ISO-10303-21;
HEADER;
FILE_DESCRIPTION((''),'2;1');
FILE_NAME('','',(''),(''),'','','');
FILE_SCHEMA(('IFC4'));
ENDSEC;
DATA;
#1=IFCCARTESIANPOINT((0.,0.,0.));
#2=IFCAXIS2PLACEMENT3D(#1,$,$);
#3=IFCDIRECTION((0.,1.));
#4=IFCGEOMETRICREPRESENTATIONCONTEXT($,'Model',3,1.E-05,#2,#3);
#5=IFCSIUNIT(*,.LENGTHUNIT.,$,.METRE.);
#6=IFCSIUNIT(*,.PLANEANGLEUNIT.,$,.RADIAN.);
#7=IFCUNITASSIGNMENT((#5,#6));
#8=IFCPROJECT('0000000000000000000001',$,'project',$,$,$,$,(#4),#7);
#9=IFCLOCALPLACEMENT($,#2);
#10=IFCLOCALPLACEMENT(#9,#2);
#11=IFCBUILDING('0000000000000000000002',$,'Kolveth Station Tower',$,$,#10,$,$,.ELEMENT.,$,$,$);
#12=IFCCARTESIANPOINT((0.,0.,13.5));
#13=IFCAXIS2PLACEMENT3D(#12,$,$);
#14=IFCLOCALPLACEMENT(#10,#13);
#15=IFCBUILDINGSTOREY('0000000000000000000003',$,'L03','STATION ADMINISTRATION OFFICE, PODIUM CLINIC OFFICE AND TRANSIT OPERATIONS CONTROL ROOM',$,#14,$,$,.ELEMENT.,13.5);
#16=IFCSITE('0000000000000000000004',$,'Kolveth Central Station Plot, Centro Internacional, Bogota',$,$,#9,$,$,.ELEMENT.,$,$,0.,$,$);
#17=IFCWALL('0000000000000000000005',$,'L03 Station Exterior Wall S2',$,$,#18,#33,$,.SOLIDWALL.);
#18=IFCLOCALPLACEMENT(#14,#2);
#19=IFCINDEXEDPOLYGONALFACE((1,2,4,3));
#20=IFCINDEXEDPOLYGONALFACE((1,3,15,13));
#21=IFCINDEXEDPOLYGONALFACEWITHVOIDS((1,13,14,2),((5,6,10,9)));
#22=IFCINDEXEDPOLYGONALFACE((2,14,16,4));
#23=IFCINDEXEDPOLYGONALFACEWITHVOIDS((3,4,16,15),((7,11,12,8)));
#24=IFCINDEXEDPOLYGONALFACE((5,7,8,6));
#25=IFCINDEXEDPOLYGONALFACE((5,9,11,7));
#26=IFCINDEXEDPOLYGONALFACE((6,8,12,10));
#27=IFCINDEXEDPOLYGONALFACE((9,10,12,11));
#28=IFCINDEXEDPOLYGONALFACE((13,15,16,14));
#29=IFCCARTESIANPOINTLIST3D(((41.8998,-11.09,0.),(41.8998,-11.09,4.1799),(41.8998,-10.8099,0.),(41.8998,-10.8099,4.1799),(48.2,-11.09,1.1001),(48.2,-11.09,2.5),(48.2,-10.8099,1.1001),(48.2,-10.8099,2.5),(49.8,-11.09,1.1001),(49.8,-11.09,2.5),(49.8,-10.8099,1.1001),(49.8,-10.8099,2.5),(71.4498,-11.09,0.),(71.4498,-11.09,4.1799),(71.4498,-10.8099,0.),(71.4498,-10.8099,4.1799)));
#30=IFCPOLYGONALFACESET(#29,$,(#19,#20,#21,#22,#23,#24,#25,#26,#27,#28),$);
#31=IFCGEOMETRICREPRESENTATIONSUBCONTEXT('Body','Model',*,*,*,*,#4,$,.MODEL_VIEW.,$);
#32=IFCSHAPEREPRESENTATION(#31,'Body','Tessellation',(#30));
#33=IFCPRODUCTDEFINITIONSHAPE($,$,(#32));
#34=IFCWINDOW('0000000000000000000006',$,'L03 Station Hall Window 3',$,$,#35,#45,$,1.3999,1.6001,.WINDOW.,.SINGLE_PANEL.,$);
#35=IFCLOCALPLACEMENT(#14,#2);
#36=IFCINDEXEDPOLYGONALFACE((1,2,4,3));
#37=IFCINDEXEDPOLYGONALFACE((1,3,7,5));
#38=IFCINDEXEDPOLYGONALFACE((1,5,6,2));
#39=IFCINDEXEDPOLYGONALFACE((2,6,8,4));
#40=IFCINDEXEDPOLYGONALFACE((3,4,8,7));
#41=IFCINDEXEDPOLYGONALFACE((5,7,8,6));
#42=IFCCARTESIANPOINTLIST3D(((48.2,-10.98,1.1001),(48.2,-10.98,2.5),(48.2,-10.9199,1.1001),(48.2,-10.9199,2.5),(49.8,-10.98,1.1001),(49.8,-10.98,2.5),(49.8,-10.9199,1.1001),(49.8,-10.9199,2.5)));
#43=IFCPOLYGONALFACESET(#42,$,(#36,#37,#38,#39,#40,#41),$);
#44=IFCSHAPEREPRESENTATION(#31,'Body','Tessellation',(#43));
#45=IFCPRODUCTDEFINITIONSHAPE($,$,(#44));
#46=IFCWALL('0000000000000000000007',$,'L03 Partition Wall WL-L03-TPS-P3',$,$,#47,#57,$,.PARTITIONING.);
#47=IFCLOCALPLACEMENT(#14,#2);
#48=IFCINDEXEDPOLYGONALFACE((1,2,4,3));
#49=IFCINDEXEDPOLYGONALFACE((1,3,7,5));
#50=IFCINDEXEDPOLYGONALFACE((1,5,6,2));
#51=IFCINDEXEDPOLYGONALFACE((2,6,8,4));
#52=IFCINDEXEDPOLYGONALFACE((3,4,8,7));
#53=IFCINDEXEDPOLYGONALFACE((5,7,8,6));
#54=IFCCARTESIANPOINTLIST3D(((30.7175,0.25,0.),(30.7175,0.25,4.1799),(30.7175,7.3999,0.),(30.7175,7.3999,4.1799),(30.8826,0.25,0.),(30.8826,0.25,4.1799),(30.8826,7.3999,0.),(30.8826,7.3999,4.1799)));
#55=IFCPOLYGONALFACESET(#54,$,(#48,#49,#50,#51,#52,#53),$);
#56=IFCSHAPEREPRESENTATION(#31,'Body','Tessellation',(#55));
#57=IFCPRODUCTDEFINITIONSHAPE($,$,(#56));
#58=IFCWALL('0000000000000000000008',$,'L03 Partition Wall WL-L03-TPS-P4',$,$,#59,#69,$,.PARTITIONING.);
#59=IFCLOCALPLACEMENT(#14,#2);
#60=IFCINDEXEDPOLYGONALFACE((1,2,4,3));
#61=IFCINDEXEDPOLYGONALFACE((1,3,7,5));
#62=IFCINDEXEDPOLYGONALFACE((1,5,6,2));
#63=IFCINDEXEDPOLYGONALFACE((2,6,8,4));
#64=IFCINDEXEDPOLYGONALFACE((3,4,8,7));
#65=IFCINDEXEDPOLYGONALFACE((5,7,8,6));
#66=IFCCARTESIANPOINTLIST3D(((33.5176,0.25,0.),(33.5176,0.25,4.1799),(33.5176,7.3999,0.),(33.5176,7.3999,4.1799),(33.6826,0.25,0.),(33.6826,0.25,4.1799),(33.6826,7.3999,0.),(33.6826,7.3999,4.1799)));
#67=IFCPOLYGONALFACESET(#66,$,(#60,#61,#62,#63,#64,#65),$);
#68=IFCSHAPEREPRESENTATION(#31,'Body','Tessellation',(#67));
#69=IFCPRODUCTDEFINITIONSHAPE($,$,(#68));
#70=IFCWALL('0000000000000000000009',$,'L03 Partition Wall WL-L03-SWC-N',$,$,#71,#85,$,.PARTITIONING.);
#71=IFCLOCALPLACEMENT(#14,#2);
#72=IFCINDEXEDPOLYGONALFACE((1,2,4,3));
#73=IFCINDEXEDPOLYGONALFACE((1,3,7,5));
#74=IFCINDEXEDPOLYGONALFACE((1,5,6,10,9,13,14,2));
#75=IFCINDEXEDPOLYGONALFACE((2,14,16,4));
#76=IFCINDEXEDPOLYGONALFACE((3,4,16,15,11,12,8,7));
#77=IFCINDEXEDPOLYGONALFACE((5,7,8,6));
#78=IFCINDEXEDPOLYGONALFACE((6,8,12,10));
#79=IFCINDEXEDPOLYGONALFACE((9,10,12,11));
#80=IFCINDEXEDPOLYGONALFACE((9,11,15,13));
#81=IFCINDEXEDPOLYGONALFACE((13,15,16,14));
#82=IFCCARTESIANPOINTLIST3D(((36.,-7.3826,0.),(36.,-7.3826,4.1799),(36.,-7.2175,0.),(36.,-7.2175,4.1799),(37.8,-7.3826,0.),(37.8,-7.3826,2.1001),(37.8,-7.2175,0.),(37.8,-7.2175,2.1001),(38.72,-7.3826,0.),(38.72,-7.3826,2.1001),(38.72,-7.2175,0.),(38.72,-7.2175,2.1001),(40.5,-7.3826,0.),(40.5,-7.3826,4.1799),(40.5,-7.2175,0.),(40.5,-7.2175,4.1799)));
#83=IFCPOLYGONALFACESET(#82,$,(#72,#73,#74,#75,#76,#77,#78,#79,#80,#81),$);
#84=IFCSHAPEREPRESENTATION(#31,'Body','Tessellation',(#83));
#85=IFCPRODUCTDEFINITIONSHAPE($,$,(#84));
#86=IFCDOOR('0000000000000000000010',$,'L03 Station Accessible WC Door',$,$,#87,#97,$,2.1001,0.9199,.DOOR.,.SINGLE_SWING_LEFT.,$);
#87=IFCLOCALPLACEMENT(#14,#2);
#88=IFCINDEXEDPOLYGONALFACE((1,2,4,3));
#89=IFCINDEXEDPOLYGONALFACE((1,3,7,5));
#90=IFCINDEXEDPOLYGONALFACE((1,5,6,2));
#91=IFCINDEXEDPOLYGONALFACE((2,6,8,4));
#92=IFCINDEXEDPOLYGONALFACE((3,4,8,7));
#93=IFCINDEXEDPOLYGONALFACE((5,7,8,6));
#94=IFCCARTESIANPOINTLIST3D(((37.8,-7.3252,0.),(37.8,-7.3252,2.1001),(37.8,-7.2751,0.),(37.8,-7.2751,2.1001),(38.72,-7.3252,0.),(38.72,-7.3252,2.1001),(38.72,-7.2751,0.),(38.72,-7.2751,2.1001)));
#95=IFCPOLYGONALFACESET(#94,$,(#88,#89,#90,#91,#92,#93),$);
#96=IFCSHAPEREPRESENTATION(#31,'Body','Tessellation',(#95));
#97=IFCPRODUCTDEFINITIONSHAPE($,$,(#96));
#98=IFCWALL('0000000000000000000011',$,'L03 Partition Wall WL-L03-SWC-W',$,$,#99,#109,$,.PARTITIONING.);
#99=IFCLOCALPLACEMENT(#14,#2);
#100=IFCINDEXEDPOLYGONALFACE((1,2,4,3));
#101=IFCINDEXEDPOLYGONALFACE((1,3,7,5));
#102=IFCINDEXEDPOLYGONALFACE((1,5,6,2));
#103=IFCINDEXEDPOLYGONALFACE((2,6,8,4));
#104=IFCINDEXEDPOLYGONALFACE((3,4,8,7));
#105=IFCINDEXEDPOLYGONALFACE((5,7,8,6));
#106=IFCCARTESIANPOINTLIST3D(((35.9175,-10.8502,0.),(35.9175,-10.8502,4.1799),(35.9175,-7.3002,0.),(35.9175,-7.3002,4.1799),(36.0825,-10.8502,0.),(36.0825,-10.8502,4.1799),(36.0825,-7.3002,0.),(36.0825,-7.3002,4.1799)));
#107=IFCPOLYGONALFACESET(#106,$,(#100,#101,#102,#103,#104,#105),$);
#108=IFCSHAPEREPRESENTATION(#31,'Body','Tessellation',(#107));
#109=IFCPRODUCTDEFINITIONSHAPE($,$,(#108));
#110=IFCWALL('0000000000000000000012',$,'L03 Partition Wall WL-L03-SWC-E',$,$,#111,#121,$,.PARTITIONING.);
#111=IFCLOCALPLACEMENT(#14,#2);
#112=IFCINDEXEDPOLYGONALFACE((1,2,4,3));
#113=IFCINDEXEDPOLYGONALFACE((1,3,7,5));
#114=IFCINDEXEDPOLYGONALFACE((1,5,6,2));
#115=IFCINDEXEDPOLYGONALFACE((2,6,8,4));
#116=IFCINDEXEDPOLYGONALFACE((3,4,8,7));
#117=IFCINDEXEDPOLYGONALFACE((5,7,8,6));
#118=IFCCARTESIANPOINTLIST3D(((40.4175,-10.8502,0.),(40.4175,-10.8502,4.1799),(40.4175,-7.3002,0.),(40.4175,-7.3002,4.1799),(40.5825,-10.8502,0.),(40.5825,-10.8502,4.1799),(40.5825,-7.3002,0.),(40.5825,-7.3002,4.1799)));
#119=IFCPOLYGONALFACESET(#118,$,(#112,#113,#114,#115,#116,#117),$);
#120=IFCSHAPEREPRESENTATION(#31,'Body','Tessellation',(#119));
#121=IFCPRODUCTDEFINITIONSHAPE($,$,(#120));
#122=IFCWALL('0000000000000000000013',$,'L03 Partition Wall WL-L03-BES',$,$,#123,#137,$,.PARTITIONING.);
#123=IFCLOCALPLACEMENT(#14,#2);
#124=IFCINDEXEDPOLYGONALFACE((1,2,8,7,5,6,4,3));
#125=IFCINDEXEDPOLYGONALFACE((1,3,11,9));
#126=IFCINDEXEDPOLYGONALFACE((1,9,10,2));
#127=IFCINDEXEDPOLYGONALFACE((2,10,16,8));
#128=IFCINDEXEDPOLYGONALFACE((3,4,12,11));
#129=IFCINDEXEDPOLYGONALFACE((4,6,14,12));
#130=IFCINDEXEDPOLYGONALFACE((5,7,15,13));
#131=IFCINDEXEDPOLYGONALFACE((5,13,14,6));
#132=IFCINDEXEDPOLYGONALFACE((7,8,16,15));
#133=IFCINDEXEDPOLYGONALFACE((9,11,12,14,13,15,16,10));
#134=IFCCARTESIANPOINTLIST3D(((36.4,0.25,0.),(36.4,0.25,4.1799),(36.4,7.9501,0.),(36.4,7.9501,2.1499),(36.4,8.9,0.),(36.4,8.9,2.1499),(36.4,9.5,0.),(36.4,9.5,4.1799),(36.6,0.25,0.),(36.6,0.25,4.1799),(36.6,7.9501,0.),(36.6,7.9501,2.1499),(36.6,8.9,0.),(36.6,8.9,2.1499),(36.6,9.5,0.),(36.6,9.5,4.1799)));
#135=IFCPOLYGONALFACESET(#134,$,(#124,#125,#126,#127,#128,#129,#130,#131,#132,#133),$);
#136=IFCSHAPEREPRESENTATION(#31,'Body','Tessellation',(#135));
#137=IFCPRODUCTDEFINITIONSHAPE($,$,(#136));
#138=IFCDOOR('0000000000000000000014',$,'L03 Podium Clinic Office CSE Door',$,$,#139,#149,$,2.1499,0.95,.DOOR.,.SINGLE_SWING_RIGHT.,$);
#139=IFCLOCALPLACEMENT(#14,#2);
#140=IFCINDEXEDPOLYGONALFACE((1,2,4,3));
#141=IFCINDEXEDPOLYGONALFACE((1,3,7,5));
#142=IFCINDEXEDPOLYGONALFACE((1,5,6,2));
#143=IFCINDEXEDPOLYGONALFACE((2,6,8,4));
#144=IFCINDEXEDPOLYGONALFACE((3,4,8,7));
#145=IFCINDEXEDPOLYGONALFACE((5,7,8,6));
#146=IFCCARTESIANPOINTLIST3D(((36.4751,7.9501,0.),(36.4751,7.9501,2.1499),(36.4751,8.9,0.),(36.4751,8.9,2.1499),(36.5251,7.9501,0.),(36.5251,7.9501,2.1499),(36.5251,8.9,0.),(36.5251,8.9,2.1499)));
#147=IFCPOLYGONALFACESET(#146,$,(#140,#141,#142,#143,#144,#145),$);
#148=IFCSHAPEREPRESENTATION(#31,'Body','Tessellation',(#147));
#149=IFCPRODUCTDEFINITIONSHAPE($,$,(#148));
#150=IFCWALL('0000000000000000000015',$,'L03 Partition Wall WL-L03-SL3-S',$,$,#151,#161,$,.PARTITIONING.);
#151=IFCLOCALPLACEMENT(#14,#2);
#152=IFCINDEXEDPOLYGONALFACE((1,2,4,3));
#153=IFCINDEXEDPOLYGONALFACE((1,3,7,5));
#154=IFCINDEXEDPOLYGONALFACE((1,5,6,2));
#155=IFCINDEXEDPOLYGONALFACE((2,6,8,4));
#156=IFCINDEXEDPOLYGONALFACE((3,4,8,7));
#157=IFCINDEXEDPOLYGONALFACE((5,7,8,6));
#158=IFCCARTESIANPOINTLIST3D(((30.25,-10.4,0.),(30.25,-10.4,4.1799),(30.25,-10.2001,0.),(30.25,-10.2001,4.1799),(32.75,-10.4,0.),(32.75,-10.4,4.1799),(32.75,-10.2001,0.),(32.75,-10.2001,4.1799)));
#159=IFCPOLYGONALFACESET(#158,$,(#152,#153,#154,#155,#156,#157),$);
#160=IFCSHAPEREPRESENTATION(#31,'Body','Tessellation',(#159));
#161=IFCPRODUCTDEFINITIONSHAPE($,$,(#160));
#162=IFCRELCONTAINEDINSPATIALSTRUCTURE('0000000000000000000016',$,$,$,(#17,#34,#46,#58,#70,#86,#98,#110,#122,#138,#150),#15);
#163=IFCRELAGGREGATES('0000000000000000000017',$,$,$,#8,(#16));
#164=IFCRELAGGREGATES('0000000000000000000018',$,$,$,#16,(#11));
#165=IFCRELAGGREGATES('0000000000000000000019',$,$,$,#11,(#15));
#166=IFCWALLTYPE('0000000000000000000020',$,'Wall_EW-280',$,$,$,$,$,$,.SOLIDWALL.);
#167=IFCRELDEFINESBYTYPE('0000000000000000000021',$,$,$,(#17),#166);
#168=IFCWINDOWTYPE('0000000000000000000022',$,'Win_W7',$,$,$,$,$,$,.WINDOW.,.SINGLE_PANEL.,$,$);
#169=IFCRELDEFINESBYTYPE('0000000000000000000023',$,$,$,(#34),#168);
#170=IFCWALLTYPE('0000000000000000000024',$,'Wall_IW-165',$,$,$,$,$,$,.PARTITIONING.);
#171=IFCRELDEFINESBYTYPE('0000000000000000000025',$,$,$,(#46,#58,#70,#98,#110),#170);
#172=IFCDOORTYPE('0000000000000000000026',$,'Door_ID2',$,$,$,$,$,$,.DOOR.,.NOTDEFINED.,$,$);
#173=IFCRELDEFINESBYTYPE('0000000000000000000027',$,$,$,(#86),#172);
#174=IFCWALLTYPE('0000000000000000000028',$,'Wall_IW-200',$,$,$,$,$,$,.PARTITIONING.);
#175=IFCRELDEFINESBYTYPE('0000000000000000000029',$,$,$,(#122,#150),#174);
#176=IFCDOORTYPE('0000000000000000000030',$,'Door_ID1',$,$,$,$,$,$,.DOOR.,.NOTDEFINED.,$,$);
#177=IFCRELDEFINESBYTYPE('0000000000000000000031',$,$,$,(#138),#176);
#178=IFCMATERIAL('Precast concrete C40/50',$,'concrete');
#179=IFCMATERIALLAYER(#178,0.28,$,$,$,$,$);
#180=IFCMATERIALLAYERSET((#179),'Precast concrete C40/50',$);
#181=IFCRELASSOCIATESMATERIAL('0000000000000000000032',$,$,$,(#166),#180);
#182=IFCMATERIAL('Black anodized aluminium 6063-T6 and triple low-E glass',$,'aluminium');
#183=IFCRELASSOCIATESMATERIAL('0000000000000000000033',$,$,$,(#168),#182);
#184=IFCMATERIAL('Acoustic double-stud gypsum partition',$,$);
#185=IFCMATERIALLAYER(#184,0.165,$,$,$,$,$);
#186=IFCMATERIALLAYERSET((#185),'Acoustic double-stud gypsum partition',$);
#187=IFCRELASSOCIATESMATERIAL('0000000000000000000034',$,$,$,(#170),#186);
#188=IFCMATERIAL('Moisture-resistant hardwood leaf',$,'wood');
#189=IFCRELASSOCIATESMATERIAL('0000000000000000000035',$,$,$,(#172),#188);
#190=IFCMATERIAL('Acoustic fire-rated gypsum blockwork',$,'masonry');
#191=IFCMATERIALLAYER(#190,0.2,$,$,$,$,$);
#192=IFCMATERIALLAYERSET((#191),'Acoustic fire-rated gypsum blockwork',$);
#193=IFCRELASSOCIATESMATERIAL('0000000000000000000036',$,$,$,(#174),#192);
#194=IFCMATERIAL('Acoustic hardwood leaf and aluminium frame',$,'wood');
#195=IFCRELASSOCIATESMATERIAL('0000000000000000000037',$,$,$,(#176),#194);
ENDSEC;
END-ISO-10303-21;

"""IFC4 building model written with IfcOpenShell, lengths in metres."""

from ifc_helpers import new_model, si_unit, direction, frame, frame_2d, origin, place, context, subcontext, project, spatial, rectangle, extrude, material, layer, layer_set, type_object, element, fill, save


model = new_model("IFC4")

# Units and contexts
model_context = context("Model", 3, precision=1e-05, world=origin(), true_north=direction((0.0, 1.0)))
body_context = subcontext(model_context, "Body", "Model", "MODEL_VIEW")
ifc_project = project(units=[si_unit("LENGTHUNIT", "METRE"), si_unit("PLANEANGLEUNIT", "RADIAN")], contexts=[model_context])

# Site, building, storey
site_placement = place(None, origin())
site = spatial("IfcSite", under=ifc_project, at=site_placement, Name="Kolveth Central Station Plot, Centro Internacional, Bogota", CompositionType="ELEMENT", RefElevation=0.0)
building_placement = place(site_placement, origin())
building = spatial("IfcBuilding", under=site, at=building_placement, Name="Kolveth Station Tower", CompositionType="ELEMENT")
storey_placement = place(building_placement, frame((0.0, 0.0, 13.5)))
storey = spatial("IfcBuildingStorey", under=building, at=storey_placement, Name="L03", Description="STATION ADMINISTRATION OFFICE, PODIUM CLINIC OFFICE AND TRANSIT OPERATIONS CONTROL ROOM", CompositionType="ELEMENT", Elevation=13.5)

# Shared definitions
ifc_material_1 = material(Name="Precast concrete C40/50", Category="concrete")

# Wall, opening, window
ifc_layer_1 = layer(ifc_material_1, 0.28)
ifc_layer_set_1 = layer_set([ifc_layer_1], Name="Precast concrete C40/50")
wall_type_1 = type_object("IfcWallType", Name="Wall_EW-280", PredefinedType="SOLIDWALL", material=ifc_layer_set_1)
wall_1_placement = place(storey_placement, frame((41.8999, -10.95, 0.0), z_axis=(0.0, 0.0, 1.0), x_axis=(1.0, 0.0, 0.0)))
wall_1 = element("IfcWall", 1, at=wall_1_placement, inside=storey, type_object=wall_type_1, Name="L03 Station Exterior Wall S2", PredefinedType="SOLIDWALL", context=body_context, shape_type="SweptSolid", body=[
    extrude(rectangle(XDim=29.55, YDim=0.28, at=frame_2d((14.7749, 0.0))), origin(), (0.0, 0.0, 1.0), 4.1799),
])
opening_1_placement = place(wall_1_placement, frame((6.3, 0.0, 1.1001)))
opening_1 = element("IfcOpeningElement", 2, at=opening_1_placement, cuts=wall_1, PredefinedType="OPENING", context=body_context, shape_type="SweptSolid", body=[
    extrude(rectangle(XDim=1.6001, YDim=1.3999, at=frame_2d((0.8, 0.7))), frame((0.0, 0.1499, 0.0), z_axis=(0.0, -1.0, 0.0), x_axis=(1.0, 0.0, 0.0)), (0.0, 0.0, 1.0), 0.3),
])
ifc_material_2 = material(Name="Black anodized aluminium 6063-T6 and triple low-E glass", Category="aluminium")
window_type = type_object("IfcWindowType", Name="Win_W7", PartitioningType="SINGLE_PANEL", PredefinedType="WINDOW", material=ifc_material_2)
window_placement = place(opening_1_placement, origin())
window = element("IfcWindow", 3, at=window_placement, inside=storey, type_object=window_type, Name="L03 Station Hall Window 3", OverallHeight=1.3999, OverallWidth=1.6001, PartitioningType="SINGLE_PANEL", PredefinedType="WINDOW", context=body_context, shape_type="SweptSolid", body=[
    extrude(rectangle(XDim=1.6001, YDim=1.3999, at=frame_2d((0.8, 0.7))), frame((0.0, 0.03, 0.0), z_axis=(0.0, -1.0, 0.0), x_axis=(1.0, 0.0, 0.0)), (0.0, 0.0, 1.0), 0.0601),
])
fill(opening_1, window)

# Walls
ifc_material_3 = material(Name="Acoustic double-stud gypsum partition")
ifc_layer_2 = layer(ifc_material_3, 0.165)
ifc_layer_set_2 = layer_set([ifc_layer_2], Name="Acoustic double-stud gypsum partition")
wall_type_2 = type_object("IfcWallType", Name="Wall_IW-165", PredefinedType="PARTITIONING", material=ifc_layer_set_2)
for number, where, z_axis, x_axis, name in (
    (4, (30.8, 0.25, 0.0), (0.0, 0.0, 1.0), (0.0, 1.0, 0.0), "L03 Partition Wall WL-L03-TPS-P3"),
    (5, (33.6001, 0.25, 0.0), (0.0, 0.0, 1.0), (0.0, 1.0, 0.0), "L03 Partition Wall WL-L03-TPS-P4"),
):
    element("IfcWall", number, at=place(storey_placement, frame(where, z_axis=z_axis, x_axis=x_axis)), inside=storey, type_object=wall_type_2, Name=name, PredefinedType="PARTITIONING", context=body_context, shape_type="SweptSolid", body=[
        extrude(rectangle(XDim=7.1499, YDim=0.165, at=frame_2d((3.575, 0.0))), origin(), (0.0, 0.0, 1.0), 4.1799),
    ])

# Wall, opening, door
wall_2_placement = place(storey_placement, frame((36.0, -7.3, 0.0), z_axis=(0.0, 0.0, 1.0), x_axis=(1.0, 0.0, 0.0)))
wall_2 = element("IfcWall", 6, at=wall_2_placement, inside=storey, type_object=wall_type_2, Name="L03 Partition Wall WL-L03-SWC-N", PredefinedType="PARTITIONING", context=body_context, shape_type="SweptSolid", body=[
    extrude(rectangle(XDim=4.5, YDim=0.165, at=frame_2d((2.25, 0.0))), origin(), (0.0, 0.0, 1.0), 4.1799),
])
opening_2_placement = place(wall_2_placement, frame((1.8, 0.0, 0.0)))
opening_2 = element("IfcOpeningElement", 7, at=opening_2_placement, cuts=wall_2, PredefinedType="OPENING", context=body_context, shape_type="SweptSolid", body=[
    extrude(rectangle(XDim=0.9199, YDim=2.1001, at=frame_2d((0.46, 1.05))), frame((0.0, 0.0925, 0.0), z_axis=(0.0, -1.0, 0.0), x_axis=(1.0, 0.0, 0.0)), (0.0, 0.0, 1.0), 0.1851),
])
ifc_material_4 = material(Name="Moisture-resistant hardwood leaf", Category="wood")
door_type_1 = type_object("IfcDoorType", Name="Door_ID2", OperationType="NOTDEFINED", PredefinedType="DOOR", material=ifc_material_4)
door_1_placement = place(opening_2_placement, origin())
door_1 = element("IfcDoor", 8, at=door_1_placement, inside=storey, type_object=door_type_1, Name="L03 Station Accessible WC Door", OperationType="SINGLE_SWING_LEFT", OverallHeight=2.1001, OverallWidth=0.9199, PredefinedType="DOOR", context=body_context, shape_type="SweptSolid", body=[
    extrude(rectangle(XDim=0.9199, YDim=2.1001, at=frame_2d((0.46, 1.05))), frame((0.0, 0.0249, 0.0), z_axis=(0.0, -1.0, 0.0), x_axis=(1.0, 0.0, 0.0)), (0.0, 0.0, 1.0), 0.05),
])
fill(opening_2, door_1)

# Walls
for number, where, z_axis, x_axis, name in (
    (9, (36.0, -10.8501, 0.0), (0.0, 0.0, 1.0), (0.0, 1.0, 0.0), "L03 Partition Wall WL-L03-SWC-W"),
    (10, (40.5, -10.8501, 0.0), (0.0, 0.0, 1.0), (0.0, 1.0, 0.0), "L03 Partition Wall WL-L03-SWC-E"),
):
    element("IfcWall", number, at=place(storey_placement, frame(where, z_axis=z_axis, x_axis=x_axis)), inside=storey, type_object=wall_type_2, Name=name, PredefinedType="PARTITIONING", context=body_context, shape_type="SweptSolid", body=[
        extrude(rectangle(XDim=3.55, YDim=0.165, at=frame_2d((1.7749, 0.0))), origin(), (0.0, 0.0, 1.0), 4.1799),
    ])

# Wall, opening, door
ifc_material_5 = material(Name="Acoustic fire-rated gypsum blockwork", Category="masonry")
ifc_layer_3 = layer(ifc_material_5, 0.2)
ifc_layer_set_3 = layer_set([ifc_layer_3], Name="Acoustic fire-rated gypsum blockwork")
wall_type_3 = type_object("IfcWallType", Name="Wall_IW-200", PredefinedType="PARTITIONING", material=ifc_layer_set_3)
wall_3_placement = place(storey_placement, frame((36.5, 0.25, 0.0), z_axis=(0.0, 0.0, 1.0), x_axis=(0.0, 1.0, 0.0)))
wall_3 = element("IfcWall", 11, at=wall_3_placement, inside=storey, type_object=wall_type_3, Name="L03 Partition Wall WL-L03-BES", PredefinedType="PARTITIONING", context=body_context, shape_type="SweptSolid", body=[
    extrude(rectangle(XDim=9.25, YDim=0.2, at=frame_2d((4.625, 0.0))), origin(), (0.0, 0.0, 1.0), 4.1799),
])
opening_3_placement = place(wall_3_placement, frame((7.7, 0.0, 0.0)))
opening_3 = element("IfcOpeningElement", 12, at=opening_3_placement, cuts=wall_3, PredefinedType="OPENING", context=body_context, shape_type="SweptSolid", body=[
    extrude(rectangle(XDim=0.95, YDim=2.1499, at=frame_2d((0.4751, 1.075))), frame((0.0, 0.1099, 0.0), z_axis=(0.0, -1.0, 0.0), x_axis=(1.0, 0.0, 0.0)), (0.0, 0.0, 1.0), 0.22),
])
ifc_material_6 = material(Name="Acoustic hardwood leaf and aluminium frame", Category="wood")
door_type_2 = type_object("IfcDoorType", Name="Door_ID1", OperationType="NOTDEFINED", PredefinedType="DOOR", material=ifc_material_6)
door_2_placement = place(opening_3_placement, origin())
door_2 = element("IfcDoor", 13, at=door_2_placement, inside=storey, type_object=door_type_2, Name="L03 Podium Clinic Office CSE Door", OperationType="SINGLE_SWING_RIGHT", OverallHeight=2.1499, OverallWidth=0.95, PredefinedType="DOOR", context=body_context, shape_type="SweptSolid", body=[
    extrude(rectangle(XDim=0.95, YDim=2.1499, at=frame_2d((0.4751, 1.075))), frame((0.0, 0.0249, 0.0), z_axis=(0.0, -1.0, 0.0), x_axis=(1.0, 0.0, 0.0)), (0.0, 0.0, 1.0), 0.05),
])
fill(opening_3, door_2)

# Wall
wall_4_placement = place(storey_placement, frame((30.25, -10.3, 0.0), z_axis=(0.0, 0.0, 1.0), x_axis=(1.0, 0.0, 0.0)))
element("IfcWall", 14, at=wall_4_placement, inside=storey, type_object=wall_type_3, Name="L03 Partition Wall WL-L03-SL3-S", PredefinedType="PARTITIONING", context=body_context, shape_type="SweptSolid", body=[
    extrude(rectangle(XDim=2.5, YDim=0.2, at=frame_2d((1.25, 0.0))), origin(), (0.0, 0.0, 1.0), 4.1799),
])

save(model, "model.ifc")
